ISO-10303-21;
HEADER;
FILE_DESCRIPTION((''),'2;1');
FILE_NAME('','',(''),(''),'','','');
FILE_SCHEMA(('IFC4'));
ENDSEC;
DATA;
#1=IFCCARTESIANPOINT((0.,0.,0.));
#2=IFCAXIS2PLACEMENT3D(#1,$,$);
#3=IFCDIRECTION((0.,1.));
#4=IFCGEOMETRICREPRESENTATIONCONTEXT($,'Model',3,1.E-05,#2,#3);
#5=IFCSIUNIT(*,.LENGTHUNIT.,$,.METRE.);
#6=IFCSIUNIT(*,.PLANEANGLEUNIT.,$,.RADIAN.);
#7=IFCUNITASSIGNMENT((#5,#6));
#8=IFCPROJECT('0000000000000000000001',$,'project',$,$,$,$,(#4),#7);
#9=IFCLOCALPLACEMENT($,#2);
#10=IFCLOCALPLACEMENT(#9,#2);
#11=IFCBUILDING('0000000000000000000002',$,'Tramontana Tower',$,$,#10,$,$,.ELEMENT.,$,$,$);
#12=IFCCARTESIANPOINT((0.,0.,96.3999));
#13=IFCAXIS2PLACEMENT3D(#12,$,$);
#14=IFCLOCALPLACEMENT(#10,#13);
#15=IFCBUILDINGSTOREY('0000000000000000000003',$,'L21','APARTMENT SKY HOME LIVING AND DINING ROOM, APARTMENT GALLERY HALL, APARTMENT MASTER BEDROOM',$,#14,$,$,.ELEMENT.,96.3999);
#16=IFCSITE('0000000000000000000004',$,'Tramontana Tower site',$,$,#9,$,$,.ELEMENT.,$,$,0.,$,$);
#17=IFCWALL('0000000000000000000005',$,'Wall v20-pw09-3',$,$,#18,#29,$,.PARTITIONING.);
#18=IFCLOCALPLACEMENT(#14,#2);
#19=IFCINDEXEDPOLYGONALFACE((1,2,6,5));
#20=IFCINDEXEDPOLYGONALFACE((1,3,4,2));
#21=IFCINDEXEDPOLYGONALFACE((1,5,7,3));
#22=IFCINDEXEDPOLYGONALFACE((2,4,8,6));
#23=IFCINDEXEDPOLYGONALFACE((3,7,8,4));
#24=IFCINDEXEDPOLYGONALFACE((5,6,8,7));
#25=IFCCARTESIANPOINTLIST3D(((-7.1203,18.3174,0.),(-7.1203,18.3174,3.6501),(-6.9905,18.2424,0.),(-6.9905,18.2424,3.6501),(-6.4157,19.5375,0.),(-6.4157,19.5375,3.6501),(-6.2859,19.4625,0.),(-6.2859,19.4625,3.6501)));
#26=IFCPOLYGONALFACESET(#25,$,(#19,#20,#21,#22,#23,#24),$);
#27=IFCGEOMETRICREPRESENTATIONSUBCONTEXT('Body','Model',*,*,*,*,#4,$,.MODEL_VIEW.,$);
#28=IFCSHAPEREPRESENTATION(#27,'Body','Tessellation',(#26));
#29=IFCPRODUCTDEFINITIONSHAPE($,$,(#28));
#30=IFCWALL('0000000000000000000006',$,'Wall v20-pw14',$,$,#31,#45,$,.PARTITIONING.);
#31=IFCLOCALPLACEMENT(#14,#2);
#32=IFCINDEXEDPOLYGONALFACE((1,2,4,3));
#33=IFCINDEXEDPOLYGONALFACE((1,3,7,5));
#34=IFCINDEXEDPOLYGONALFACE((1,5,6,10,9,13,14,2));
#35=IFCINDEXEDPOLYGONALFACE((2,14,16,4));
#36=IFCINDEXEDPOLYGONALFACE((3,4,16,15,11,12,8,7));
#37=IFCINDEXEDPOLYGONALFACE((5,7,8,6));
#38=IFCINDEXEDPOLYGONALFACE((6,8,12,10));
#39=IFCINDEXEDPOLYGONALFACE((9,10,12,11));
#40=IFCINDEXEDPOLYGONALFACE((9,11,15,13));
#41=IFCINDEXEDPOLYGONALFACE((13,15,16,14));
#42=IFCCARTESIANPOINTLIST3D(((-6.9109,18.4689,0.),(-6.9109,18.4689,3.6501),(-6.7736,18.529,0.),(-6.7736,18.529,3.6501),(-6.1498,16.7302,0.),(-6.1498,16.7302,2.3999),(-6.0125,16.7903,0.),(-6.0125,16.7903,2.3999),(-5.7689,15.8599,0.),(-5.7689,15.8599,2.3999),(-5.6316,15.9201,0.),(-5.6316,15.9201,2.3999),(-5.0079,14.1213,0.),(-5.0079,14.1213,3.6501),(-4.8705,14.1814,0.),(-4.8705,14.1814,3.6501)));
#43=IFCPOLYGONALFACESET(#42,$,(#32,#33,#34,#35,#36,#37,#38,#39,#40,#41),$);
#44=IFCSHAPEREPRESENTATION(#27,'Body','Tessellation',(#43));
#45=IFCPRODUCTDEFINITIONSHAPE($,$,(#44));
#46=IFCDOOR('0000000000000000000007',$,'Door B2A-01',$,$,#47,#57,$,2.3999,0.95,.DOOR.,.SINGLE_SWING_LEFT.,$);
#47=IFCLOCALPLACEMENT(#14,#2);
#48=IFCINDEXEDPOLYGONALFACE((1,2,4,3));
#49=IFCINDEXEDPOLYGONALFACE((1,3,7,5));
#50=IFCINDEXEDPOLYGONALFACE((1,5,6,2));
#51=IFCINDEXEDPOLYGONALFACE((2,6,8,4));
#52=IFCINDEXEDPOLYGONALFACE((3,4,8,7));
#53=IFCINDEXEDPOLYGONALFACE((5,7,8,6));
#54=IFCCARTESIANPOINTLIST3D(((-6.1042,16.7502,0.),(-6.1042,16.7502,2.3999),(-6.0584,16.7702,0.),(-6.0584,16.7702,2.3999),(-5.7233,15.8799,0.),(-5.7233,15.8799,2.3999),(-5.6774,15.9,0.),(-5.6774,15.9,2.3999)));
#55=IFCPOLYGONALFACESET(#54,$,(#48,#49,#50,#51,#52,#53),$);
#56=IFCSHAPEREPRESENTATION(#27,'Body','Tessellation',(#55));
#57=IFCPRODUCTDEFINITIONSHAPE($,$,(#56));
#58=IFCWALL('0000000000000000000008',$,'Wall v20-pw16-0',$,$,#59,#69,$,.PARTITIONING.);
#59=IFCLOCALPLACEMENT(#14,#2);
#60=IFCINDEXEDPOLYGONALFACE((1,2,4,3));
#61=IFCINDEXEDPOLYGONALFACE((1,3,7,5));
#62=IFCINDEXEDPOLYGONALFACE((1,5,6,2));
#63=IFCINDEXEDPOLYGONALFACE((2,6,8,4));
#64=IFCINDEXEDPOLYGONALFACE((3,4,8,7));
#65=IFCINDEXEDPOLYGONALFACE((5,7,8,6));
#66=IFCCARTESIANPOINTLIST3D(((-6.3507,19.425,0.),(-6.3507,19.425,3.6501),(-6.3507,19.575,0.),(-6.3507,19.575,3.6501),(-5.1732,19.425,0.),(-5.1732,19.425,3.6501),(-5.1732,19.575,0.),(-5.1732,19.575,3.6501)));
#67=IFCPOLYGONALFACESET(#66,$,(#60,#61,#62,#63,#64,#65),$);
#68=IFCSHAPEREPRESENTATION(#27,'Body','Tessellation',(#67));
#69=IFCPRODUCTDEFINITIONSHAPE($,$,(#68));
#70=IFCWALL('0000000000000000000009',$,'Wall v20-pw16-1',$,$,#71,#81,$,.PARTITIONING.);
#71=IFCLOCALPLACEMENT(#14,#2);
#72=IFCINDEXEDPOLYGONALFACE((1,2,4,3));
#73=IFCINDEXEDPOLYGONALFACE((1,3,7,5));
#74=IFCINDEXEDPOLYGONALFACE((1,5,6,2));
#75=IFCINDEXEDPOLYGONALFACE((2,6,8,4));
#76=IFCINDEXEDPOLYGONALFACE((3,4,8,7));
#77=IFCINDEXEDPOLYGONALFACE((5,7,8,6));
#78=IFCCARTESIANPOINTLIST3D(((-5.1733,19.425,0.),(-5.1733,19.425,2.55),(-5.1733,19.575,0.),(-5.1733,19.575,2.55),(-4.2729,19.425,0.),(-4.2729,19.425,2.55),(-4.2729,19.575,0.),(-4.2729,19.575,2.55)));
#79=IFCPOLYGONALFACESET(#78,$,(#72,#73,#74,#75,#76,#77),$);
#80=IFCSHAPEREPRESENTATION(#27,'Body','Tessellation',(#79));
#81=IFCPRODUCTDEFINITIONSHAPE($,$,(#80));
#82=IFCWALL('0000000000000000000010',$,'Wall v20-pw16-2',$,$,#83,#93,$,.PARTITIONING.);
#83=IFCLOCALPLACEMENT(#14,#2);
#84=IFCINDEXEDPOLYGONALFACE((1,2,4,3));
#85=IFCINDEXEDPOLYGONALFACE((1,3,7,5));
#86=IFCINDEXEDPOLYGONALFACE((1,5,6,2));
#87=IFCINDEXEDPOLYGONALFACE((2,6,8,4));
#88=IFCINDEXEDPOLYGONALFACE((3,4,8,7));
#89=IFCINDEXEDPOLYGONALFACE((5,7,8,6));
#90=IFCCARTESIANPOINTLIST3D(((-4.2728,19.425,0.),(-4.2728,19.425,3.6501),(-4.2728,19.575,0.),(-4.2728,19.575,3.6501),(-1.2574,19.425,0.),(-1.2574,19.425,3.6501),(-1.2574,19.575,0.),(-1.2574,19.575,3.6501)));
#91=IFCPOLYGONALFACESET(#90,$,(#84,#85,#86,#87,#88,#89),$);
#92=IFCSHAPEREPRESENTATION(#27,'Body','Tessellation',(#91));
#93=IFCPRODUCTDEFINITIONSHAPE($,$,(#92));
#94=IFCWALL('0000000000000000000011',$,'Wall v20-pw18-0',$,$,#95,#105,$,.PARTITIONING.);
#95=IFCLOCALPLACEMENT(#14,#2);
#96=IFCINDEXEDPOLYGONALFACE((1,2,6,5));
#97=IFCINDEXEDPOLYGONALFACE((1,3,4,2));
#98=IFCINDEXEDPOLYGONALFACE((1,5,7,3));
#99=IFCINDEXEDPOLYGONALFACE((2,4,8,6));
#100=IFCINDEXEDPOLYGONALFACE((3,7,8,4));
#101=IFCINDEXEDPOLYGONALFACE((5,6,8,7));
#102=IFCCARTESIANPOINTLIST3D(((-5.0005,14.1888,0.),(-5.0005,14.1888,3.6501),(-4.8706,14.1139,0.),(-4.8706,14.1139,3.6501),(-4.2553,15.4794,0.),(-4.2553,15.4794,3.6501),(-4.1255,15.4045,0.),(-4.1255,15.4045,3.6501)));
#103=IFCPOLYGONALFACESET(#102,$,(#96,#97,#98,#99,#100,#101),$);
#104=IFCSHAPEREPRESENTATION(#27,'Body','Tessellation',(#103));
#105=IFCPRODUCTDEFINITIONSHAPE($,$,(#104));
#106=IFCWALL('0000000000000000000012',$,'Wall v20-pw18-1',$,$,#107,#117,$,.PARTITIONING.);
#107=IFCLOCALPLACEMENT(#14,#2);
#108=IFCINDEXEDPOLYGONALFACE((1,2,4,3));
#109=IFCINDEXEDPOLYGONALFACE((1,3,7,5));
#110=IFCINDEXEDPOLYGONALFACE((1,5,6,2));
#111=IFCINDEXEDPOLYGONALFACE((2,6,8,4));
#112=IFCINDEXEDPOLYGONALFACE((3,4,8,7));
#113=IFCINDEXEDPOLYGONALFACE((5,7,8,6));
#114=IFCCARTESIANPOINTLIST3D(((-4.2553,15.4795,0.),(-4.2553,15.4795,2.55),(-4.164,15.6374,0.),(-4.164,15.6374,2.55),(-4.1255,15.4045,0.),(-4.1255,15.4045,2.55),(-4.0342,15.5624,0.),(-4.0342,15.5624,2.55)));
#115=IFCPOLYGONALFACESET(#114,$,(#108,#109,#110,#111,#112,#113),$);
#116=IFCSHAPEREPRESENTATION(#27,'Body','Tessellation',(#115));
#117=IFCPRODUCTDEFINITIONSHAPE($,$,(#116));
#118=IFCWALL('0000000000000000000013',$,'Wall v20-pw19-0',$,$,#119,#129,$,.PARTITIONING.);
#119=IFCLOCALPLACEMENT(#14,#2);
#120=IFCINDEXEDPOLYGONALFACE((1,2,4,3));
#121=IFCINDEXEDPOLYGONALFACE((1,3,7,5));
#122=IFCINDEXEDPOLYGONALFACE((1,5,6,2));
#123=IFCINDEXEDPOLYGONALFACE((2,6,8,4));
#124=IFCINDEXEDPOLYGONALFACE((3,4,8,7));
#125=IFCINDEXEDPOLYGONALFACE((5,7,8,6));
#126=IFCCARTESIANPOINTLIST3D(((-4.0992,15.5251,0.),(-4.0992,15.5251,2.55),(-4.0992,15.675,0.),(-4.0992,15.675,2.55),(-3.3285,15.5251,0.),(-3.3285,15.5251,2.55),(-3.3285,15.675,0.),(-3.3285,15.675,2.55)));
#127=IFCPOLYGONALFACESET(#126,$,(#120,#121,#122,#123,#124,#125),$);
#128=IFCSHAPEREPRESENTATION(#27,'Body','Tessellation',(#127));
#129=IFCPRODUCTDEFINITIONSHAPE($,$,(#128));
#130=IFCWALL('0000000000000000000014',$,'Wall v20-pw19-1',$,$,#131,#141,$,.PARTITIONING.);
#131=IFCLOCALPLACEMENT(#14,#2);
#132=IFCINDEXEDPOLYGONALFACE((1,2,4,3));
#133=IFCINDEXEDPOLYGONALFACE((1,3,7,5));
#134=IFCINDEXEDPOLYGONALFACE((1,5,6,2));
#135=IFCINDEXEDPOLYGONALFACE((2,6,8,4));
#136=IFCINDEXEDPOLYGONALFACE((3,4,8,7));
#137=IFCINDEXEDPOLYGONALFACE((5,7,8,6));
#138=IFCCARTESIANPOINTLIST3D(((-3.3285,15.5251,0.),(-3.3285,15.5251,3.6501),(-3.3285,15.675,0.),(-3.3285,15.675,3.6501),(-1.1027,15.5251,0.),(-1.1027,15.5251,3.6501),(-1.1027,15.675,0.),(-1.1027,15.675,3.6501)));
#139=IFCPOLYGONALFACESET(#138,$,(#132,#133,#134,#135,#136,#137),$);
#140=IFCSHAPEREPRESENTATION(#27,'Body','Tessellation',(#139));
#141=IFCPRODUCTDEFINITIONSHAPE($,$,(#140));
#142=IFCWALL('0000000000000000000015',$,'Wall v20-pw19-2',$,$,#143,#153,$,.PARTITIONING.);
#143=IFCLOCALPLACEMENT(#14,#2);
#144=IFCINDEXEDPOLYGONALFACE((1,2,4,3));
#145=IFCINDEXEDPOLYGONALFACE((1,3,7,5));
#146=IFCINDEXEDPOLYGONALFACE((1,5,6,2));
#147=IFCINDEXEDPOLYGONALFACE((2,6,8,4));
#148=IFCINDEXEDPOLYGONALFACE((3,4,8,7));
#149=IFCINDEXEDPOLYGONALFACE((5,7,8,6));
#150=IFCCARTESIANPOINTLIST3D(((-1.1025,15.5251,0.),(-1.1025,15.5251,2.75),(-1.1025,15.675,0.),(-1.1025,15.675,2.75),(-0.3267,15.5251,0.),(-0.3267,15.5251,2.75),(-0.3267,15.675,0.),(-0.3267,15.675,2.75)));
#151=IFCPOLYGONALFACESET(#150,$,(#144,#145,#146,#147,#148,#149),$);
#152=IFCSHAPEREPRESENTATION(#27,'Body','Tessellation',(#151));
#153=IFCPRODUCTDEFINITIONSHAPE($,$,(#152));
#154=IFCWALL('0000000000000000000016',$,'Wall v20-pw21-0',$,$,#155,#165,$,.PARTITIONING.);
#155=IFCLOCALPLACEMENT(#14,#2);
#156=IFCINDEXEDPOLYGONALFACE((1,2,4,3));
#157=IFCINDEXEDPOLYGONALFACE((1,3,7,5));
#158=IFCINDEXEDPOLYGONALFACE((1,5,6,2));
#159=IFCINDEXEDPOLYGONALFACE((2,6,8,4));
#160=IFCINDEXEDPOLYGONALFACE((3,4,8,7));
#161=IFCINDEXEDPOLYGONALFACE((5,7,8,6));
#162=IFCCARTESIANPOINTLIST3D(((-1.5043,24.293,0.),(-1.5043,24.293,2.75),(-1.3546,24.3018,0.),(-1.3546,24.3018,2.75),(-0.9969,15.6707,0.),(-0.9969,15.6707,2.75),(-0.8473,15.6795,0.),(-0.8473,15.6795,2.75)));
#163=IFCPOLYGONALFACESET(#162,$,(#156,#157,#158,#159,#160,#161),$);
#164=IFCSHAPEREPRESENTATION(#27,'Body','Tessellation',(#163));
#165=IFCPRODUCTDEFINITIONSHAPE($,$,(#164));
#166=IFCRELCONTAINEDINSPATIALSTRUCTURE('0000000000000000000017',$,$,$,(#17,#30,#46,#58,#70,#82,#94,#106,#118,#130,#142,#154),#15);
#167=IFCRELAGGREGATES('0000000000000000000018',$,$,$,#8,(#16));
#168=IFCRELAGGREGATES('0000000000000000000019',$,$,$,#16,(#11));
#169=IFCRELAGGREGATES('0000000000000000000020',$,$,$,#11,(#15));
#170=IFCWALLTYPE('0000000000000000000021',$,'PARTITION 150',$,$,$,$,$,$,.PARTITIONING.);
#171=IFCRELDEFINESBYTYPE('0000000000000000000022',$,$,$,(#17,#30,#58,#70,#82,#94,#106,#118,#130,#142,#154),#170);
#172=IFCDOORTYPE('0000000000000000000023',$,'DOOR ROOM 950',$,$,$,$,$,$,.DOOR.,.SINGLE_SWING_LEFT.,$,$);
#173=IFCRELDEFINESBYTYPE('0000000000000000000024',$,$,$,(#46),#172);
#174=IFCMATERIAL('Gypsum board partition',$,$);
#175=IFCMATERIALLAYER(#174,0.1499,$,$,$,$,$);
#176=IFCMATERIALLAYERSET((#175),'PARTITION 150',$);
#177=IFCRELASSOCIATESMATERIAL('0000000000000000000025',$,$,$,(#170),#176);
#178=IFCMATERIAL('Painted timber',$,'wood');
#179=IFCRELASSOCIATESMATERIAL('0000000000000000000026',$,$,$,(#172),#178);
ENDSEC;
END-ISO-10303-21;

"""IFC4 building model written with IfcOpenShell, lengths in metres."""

from ifc_helpers import new_model, si_unit, direction, frame, frame_2d, origin, place, context, subcontext, project, spatial, rectangle, extrude, material, layer, layer_set, type_object, element, fill, save


model = new_model("IFC4")

# Units and contexts
model_context = context("Model", 3, precision=1e-05, world=origin(), true_north=direction((0.0, 1.0)))
body_context = subcontext(model_context, "Body", "Model", "MODEL_VIEW")
ifc_project = project(units=[si_unit("LENGTHUNIT", "METRE"), si_unit("PLANEANGLEUNIT", "RADIAN")], contexts=[model_context])

# Site, building, storey
site_placement = place(None, origin())
site = spatial("IfcSite", under=ifc_project, at=site_placement, Name="Tramontana Tower site", CompositionType="ELEMENT", RefElevation=0.0)
building_placement = place(site_placement, origin())
building = spatial("IfcBuilding", under=site, at=building_placement, Name="Tramontana Tower", CompositionType="ELEMENT")
storey_placement = place(building_placement, frame((0.0, 0.0, 96.3999)))
storey = spatial("IfcBuildingStorey", under=building, at=storey_placement, Name="L21", Description="APARTMENT SKY HOME LIVING AND DINING ROOM, APARTMENT GALLERY HALL, APARTMENT MASTER BEDROOM", CompositionType="ELEMENT", Elevation=96.3999)

# Shared definitions
ifc_material_1 = material(Name="Gypsum board partition")
ifc_layer_1 = layer(ifc_material_1, 0.1499)
ifc_layer_set_1 = layer_set([ifc_layer_1], Name="PARTITION 150")
wall_type_1 = type_object("IfcWallType", Name="PARTITION 150", PredefinedType="PARTITIONING", material=ifc_layer_set_1)

# Shared definitions
ifc_material_2 = material(Name="Painted timber", Category="wood")
door_type_1 = type_object("IfcDoorType", Name="DOOR ROOM 950", OperationType="SINGLE_SWING_LEFT", PredefinedType="DOOR", material=ifc_material_2)

# Wall
wall_1_placement = place(storey_placement, frame((-7.0554, 18.2798, 0.0), z_axis=(0.0, 0.0, 1.0), x_axis=(0.500052, 0.865995, 0.0)))
element("IfcWall", 1, at=wall_1_placement, inside=storey, type_object=wall_type_1, Name="Wall v20-pw09-3", PredefinedType="PARTITIONING", context=body_context, shape_type="SweptSolid", body=[
    extrude(rectangle(XDim=1.4089, YDim=0.1499, at=frame_2d((0.7046, 0.0))), origin(), (0.0, 0.0, 1.0), 3.6501),
])

# Wall, opening, door
wall_2_placement = place(storey_placement, frame((-6.8423, 18.499, 0.0), z_axis=(0.0, 0.0, 1.0), x_axis=(0.400992, -0.916082, 0.0)))
wall_2 = element("IfcWall", 2, at=wall_2_placement, inside=storey, type_object=wall_type_1, Name="Wall v20-pw14", PredefinedType="PARTITIONING", context=body_context, shape_type="SweptSolid", body=[
    extrude(rectangle(XDim=4.7458, YDim=0.1499, at=frame_2d((2.373, 0.0))), origin(), (0.0, 0.0, 1.0), 3.6501),
])
opening_1_placement = place(wall_2_placement, frame((1.8979, 0.0, 0.0)))
opening_1 = element("IfcOpeningElement", 3, at=opening_1_placement, cuts=wall_2, PredefinedType="OPENING", context=body_context, shape_type="SweptSolid", body=[
    extrude(rectangle(XDim=0.95, YDim=2.3999, at=frame_2d((0.4751, 1.2))), frame((0.0, 0.085, 0.0), z_axis=(0.0, -1.0, 0.0), x_axis=(1.0, 0.0, 0.0)), (0.0, 0.0, 1.0), 0.1699),
])
door_1_placement = place(opening_1_placement, origin())
door_1 = element("IfcDoor", 4, at=door_1_placement, inside=storey, type_object=door_type_1, Name="Door B2A-01", OperationType="SINGLE_SWING_LEFT", OverallHeight=2.3999, OverallWidth=0.95, PredefinedType="DOOR", context=body_context, shape_type="SweptSolid", body=[
    extrude(rectangle(XDim=0.95, YDim=2.3999, at=frame_2d((0.4751, 1.2))), frame((0.0, 0.0249, 0.0), z_axis=(0.0, -1.0, 0.0), x_axis=(1.0, 0.0, 0.0)), (0.0, 0.0, 1.0), 0.05),
])
fill(opening_1, door_1)

# Walls
wall_3_placement = place(storey_placement, frame((-6.3508, 19.5, 0.0), z_axis=(0.0, 0.0, 1.0), x_axis=(1.0, 0.0, 0.0)))
element("IfcWall", 5, at=wall_3_placement, inside=storey, type_object=wall_type_1, Name="Wall v20-pw16-0", PredefinedType="PARTITIONING", context=body_context, shape_type="SweptSolid", body=[
    extrude(rectangle(XDim=1.1775, YDim=0.1499, at=frame_2d((0.5889, 0.0))), origin(), (0.0, 0.0, 1.0), 3.6501),
])
wall_4_placement = place(storey_placement, frame((-5.1733, 19.5, 0.0), z_axis=(0.0, 0.0, 1.0), x_axis=(1.0, 0.0, 0.0)))
element("IfcWall", 6, at=wall_4_placement, inside=storey, type_object=wall_type_1, Name="Wall v20-pw16-1", PredefinedType="PARTITIONING", context=body_context, shape_type="SweptSolid", body=[
    extrude(rectangle(XDim=0.9004, YDim=0.1499, at=frame_2d((0.4502, 0.0))), origin(), (0.0, 0.0, 1.0), 2.55),
])
wall_5_placement = place(storey_placement, frame((-4.2729, 19.5, 0.0), z_axis=(0.0, 0.0, 1.0), x_axis=(1.0, 0.0, 0.0)))
element("IfcWall", 7, at=wall_5_placement, inside=storey, type_object=wall_type_1, Name="Wall v20-pw16-2", PredefinedType="PARTITIONING", context=body_context, shape_type="SweptSolid", body=[
    extrude(rectangle(XDim=3.0154, YDim=0.1499, at=frame_2d((1.5078, 0.0))), origin(), (0.0, 0.0, 1.0), 3.6501),
])
wall_6_placement = place(storey_placement, frame((-4.9355, 14.1514, 0.0), z_axis=(0.0, 0.0, 1.0), x_axis=(0.500016, 0.866016, 0.0)))
element("IfcWall", 8, at=wall_6_placement, inside=storey, type_object=wall_type_1, Name="Wall v20-pw18-0", PredefinedType="PARTITIONING", context=body_context, shape_type="SweptSolid", body=[
    extrude(rectangle(XDim=1.4902, YDim=0.1499, at=frame_2d((0.7451, 0.0))), origin(), (0.0, 0.0, 1.0), 3.6501),
])
wall_7_placement = place(storey_placement, frame((-4.1904, 15.4419, 0.0), z_axis=(0.0, 0.0, 1.0), x_axis=(0.500456, 0.865762, 0.0)))
element("IfcWall", 9, at=wall_7_placement, inside=storey, type_object=wall_type_1, Name="Wall v20-pw18-1", PredefinedType="PARTITIONING", context=body_context, shape_type="SweptSolid", body=[
    extrude(rectangle(XDim=0.1824, YDim=0.1499, at=frame_2d((0.0913, 0.0))), origin(), (0.0, 0.0, 1.0), 2.55),
])
wall_8_placement = place(storey_placement, frame((-4.0991, 15.6001, 0.0), z_axis=(0.0, 0.0, 1.0), x_axis=(1.0, 0.0, 0.0)))
element("IfcWall", 10, at=wall_8_placement, inside=storey, type_object=wall_type_1, Name="Wall v20-pw19-0", PredefinedType="PARTITIONING", context=body_context, shape_type="SweptSolid", body=[
    extrude(rectangle(XDim=0.7708, YDim=0.1499, at=frame_2d((0.3853, 0.0))), origin(), (0.0, 0.0, 1.0), 2.55),
])
wall_9_placement = place(storey_placement, frame((-3.3284, 15.6001, 0.0), z_axis=(0.0, 0.0, 1.0), x_axis=(1.0, 0.0, 0.0)))
element("IfcWall", 11, at=wall_9_placement, inside=storey, type_object=wall_type_1, Name="Wall v20-pw19-1", PredefinedType="PARTITIONING", context=body_context, shape_type="SweptSolid", body=[
    extrude(rectangle(XDim=2.2258, YDim=0.1499, at=frame_2d((1.1128, 0.0))), origin(), (0.0, 0.0, 1.0), 3.6501),
])
wall_10_placement = place(storey_placement, frame((-1.1025, 15.6001, 0.0), z_axis=(0.0, 0.0, 1.0), x_axis=(1.0, 0.0, 0.0)))
element("IfcWall", 12, at=wall_10_placement, inside=storey, type_object=wall_type_1, Name="Wall v20-pw19-2", PredefinedType="PARTITIONING", context=body_context, shape_type="SweptSolid", body=[
    extrude(rectangle(XDim=0.7759, YDim=0.1499, at=frame_2d((0.3879, 0.0))), origin(), (0.0, 0.0, 1.0), 2.75),
])
wall_11_placement = place(storey_placement, frame((-1.4294, 24.2974, 0.0), z_axis=(0.0, 0.0, 1.0), x_axis=(0.058737, -0.998273, 0.0)))
element("IfcWall", 13, at=wall_11_placement, inside=storey, type_object=wall_type_1, Name="Wall v20-pw21-0", PredefinedType="PARTITIONING", context=body_context, shape_type="SweptSolid", body=[
    extrude(rectangle(XDim=8.6372, YDim=0.1499, at=frame_2d((4.3186, 0.0))), origin(), (0.0, 0.0, 1.0), 2.75),
])

save(model, "model.ifc")
